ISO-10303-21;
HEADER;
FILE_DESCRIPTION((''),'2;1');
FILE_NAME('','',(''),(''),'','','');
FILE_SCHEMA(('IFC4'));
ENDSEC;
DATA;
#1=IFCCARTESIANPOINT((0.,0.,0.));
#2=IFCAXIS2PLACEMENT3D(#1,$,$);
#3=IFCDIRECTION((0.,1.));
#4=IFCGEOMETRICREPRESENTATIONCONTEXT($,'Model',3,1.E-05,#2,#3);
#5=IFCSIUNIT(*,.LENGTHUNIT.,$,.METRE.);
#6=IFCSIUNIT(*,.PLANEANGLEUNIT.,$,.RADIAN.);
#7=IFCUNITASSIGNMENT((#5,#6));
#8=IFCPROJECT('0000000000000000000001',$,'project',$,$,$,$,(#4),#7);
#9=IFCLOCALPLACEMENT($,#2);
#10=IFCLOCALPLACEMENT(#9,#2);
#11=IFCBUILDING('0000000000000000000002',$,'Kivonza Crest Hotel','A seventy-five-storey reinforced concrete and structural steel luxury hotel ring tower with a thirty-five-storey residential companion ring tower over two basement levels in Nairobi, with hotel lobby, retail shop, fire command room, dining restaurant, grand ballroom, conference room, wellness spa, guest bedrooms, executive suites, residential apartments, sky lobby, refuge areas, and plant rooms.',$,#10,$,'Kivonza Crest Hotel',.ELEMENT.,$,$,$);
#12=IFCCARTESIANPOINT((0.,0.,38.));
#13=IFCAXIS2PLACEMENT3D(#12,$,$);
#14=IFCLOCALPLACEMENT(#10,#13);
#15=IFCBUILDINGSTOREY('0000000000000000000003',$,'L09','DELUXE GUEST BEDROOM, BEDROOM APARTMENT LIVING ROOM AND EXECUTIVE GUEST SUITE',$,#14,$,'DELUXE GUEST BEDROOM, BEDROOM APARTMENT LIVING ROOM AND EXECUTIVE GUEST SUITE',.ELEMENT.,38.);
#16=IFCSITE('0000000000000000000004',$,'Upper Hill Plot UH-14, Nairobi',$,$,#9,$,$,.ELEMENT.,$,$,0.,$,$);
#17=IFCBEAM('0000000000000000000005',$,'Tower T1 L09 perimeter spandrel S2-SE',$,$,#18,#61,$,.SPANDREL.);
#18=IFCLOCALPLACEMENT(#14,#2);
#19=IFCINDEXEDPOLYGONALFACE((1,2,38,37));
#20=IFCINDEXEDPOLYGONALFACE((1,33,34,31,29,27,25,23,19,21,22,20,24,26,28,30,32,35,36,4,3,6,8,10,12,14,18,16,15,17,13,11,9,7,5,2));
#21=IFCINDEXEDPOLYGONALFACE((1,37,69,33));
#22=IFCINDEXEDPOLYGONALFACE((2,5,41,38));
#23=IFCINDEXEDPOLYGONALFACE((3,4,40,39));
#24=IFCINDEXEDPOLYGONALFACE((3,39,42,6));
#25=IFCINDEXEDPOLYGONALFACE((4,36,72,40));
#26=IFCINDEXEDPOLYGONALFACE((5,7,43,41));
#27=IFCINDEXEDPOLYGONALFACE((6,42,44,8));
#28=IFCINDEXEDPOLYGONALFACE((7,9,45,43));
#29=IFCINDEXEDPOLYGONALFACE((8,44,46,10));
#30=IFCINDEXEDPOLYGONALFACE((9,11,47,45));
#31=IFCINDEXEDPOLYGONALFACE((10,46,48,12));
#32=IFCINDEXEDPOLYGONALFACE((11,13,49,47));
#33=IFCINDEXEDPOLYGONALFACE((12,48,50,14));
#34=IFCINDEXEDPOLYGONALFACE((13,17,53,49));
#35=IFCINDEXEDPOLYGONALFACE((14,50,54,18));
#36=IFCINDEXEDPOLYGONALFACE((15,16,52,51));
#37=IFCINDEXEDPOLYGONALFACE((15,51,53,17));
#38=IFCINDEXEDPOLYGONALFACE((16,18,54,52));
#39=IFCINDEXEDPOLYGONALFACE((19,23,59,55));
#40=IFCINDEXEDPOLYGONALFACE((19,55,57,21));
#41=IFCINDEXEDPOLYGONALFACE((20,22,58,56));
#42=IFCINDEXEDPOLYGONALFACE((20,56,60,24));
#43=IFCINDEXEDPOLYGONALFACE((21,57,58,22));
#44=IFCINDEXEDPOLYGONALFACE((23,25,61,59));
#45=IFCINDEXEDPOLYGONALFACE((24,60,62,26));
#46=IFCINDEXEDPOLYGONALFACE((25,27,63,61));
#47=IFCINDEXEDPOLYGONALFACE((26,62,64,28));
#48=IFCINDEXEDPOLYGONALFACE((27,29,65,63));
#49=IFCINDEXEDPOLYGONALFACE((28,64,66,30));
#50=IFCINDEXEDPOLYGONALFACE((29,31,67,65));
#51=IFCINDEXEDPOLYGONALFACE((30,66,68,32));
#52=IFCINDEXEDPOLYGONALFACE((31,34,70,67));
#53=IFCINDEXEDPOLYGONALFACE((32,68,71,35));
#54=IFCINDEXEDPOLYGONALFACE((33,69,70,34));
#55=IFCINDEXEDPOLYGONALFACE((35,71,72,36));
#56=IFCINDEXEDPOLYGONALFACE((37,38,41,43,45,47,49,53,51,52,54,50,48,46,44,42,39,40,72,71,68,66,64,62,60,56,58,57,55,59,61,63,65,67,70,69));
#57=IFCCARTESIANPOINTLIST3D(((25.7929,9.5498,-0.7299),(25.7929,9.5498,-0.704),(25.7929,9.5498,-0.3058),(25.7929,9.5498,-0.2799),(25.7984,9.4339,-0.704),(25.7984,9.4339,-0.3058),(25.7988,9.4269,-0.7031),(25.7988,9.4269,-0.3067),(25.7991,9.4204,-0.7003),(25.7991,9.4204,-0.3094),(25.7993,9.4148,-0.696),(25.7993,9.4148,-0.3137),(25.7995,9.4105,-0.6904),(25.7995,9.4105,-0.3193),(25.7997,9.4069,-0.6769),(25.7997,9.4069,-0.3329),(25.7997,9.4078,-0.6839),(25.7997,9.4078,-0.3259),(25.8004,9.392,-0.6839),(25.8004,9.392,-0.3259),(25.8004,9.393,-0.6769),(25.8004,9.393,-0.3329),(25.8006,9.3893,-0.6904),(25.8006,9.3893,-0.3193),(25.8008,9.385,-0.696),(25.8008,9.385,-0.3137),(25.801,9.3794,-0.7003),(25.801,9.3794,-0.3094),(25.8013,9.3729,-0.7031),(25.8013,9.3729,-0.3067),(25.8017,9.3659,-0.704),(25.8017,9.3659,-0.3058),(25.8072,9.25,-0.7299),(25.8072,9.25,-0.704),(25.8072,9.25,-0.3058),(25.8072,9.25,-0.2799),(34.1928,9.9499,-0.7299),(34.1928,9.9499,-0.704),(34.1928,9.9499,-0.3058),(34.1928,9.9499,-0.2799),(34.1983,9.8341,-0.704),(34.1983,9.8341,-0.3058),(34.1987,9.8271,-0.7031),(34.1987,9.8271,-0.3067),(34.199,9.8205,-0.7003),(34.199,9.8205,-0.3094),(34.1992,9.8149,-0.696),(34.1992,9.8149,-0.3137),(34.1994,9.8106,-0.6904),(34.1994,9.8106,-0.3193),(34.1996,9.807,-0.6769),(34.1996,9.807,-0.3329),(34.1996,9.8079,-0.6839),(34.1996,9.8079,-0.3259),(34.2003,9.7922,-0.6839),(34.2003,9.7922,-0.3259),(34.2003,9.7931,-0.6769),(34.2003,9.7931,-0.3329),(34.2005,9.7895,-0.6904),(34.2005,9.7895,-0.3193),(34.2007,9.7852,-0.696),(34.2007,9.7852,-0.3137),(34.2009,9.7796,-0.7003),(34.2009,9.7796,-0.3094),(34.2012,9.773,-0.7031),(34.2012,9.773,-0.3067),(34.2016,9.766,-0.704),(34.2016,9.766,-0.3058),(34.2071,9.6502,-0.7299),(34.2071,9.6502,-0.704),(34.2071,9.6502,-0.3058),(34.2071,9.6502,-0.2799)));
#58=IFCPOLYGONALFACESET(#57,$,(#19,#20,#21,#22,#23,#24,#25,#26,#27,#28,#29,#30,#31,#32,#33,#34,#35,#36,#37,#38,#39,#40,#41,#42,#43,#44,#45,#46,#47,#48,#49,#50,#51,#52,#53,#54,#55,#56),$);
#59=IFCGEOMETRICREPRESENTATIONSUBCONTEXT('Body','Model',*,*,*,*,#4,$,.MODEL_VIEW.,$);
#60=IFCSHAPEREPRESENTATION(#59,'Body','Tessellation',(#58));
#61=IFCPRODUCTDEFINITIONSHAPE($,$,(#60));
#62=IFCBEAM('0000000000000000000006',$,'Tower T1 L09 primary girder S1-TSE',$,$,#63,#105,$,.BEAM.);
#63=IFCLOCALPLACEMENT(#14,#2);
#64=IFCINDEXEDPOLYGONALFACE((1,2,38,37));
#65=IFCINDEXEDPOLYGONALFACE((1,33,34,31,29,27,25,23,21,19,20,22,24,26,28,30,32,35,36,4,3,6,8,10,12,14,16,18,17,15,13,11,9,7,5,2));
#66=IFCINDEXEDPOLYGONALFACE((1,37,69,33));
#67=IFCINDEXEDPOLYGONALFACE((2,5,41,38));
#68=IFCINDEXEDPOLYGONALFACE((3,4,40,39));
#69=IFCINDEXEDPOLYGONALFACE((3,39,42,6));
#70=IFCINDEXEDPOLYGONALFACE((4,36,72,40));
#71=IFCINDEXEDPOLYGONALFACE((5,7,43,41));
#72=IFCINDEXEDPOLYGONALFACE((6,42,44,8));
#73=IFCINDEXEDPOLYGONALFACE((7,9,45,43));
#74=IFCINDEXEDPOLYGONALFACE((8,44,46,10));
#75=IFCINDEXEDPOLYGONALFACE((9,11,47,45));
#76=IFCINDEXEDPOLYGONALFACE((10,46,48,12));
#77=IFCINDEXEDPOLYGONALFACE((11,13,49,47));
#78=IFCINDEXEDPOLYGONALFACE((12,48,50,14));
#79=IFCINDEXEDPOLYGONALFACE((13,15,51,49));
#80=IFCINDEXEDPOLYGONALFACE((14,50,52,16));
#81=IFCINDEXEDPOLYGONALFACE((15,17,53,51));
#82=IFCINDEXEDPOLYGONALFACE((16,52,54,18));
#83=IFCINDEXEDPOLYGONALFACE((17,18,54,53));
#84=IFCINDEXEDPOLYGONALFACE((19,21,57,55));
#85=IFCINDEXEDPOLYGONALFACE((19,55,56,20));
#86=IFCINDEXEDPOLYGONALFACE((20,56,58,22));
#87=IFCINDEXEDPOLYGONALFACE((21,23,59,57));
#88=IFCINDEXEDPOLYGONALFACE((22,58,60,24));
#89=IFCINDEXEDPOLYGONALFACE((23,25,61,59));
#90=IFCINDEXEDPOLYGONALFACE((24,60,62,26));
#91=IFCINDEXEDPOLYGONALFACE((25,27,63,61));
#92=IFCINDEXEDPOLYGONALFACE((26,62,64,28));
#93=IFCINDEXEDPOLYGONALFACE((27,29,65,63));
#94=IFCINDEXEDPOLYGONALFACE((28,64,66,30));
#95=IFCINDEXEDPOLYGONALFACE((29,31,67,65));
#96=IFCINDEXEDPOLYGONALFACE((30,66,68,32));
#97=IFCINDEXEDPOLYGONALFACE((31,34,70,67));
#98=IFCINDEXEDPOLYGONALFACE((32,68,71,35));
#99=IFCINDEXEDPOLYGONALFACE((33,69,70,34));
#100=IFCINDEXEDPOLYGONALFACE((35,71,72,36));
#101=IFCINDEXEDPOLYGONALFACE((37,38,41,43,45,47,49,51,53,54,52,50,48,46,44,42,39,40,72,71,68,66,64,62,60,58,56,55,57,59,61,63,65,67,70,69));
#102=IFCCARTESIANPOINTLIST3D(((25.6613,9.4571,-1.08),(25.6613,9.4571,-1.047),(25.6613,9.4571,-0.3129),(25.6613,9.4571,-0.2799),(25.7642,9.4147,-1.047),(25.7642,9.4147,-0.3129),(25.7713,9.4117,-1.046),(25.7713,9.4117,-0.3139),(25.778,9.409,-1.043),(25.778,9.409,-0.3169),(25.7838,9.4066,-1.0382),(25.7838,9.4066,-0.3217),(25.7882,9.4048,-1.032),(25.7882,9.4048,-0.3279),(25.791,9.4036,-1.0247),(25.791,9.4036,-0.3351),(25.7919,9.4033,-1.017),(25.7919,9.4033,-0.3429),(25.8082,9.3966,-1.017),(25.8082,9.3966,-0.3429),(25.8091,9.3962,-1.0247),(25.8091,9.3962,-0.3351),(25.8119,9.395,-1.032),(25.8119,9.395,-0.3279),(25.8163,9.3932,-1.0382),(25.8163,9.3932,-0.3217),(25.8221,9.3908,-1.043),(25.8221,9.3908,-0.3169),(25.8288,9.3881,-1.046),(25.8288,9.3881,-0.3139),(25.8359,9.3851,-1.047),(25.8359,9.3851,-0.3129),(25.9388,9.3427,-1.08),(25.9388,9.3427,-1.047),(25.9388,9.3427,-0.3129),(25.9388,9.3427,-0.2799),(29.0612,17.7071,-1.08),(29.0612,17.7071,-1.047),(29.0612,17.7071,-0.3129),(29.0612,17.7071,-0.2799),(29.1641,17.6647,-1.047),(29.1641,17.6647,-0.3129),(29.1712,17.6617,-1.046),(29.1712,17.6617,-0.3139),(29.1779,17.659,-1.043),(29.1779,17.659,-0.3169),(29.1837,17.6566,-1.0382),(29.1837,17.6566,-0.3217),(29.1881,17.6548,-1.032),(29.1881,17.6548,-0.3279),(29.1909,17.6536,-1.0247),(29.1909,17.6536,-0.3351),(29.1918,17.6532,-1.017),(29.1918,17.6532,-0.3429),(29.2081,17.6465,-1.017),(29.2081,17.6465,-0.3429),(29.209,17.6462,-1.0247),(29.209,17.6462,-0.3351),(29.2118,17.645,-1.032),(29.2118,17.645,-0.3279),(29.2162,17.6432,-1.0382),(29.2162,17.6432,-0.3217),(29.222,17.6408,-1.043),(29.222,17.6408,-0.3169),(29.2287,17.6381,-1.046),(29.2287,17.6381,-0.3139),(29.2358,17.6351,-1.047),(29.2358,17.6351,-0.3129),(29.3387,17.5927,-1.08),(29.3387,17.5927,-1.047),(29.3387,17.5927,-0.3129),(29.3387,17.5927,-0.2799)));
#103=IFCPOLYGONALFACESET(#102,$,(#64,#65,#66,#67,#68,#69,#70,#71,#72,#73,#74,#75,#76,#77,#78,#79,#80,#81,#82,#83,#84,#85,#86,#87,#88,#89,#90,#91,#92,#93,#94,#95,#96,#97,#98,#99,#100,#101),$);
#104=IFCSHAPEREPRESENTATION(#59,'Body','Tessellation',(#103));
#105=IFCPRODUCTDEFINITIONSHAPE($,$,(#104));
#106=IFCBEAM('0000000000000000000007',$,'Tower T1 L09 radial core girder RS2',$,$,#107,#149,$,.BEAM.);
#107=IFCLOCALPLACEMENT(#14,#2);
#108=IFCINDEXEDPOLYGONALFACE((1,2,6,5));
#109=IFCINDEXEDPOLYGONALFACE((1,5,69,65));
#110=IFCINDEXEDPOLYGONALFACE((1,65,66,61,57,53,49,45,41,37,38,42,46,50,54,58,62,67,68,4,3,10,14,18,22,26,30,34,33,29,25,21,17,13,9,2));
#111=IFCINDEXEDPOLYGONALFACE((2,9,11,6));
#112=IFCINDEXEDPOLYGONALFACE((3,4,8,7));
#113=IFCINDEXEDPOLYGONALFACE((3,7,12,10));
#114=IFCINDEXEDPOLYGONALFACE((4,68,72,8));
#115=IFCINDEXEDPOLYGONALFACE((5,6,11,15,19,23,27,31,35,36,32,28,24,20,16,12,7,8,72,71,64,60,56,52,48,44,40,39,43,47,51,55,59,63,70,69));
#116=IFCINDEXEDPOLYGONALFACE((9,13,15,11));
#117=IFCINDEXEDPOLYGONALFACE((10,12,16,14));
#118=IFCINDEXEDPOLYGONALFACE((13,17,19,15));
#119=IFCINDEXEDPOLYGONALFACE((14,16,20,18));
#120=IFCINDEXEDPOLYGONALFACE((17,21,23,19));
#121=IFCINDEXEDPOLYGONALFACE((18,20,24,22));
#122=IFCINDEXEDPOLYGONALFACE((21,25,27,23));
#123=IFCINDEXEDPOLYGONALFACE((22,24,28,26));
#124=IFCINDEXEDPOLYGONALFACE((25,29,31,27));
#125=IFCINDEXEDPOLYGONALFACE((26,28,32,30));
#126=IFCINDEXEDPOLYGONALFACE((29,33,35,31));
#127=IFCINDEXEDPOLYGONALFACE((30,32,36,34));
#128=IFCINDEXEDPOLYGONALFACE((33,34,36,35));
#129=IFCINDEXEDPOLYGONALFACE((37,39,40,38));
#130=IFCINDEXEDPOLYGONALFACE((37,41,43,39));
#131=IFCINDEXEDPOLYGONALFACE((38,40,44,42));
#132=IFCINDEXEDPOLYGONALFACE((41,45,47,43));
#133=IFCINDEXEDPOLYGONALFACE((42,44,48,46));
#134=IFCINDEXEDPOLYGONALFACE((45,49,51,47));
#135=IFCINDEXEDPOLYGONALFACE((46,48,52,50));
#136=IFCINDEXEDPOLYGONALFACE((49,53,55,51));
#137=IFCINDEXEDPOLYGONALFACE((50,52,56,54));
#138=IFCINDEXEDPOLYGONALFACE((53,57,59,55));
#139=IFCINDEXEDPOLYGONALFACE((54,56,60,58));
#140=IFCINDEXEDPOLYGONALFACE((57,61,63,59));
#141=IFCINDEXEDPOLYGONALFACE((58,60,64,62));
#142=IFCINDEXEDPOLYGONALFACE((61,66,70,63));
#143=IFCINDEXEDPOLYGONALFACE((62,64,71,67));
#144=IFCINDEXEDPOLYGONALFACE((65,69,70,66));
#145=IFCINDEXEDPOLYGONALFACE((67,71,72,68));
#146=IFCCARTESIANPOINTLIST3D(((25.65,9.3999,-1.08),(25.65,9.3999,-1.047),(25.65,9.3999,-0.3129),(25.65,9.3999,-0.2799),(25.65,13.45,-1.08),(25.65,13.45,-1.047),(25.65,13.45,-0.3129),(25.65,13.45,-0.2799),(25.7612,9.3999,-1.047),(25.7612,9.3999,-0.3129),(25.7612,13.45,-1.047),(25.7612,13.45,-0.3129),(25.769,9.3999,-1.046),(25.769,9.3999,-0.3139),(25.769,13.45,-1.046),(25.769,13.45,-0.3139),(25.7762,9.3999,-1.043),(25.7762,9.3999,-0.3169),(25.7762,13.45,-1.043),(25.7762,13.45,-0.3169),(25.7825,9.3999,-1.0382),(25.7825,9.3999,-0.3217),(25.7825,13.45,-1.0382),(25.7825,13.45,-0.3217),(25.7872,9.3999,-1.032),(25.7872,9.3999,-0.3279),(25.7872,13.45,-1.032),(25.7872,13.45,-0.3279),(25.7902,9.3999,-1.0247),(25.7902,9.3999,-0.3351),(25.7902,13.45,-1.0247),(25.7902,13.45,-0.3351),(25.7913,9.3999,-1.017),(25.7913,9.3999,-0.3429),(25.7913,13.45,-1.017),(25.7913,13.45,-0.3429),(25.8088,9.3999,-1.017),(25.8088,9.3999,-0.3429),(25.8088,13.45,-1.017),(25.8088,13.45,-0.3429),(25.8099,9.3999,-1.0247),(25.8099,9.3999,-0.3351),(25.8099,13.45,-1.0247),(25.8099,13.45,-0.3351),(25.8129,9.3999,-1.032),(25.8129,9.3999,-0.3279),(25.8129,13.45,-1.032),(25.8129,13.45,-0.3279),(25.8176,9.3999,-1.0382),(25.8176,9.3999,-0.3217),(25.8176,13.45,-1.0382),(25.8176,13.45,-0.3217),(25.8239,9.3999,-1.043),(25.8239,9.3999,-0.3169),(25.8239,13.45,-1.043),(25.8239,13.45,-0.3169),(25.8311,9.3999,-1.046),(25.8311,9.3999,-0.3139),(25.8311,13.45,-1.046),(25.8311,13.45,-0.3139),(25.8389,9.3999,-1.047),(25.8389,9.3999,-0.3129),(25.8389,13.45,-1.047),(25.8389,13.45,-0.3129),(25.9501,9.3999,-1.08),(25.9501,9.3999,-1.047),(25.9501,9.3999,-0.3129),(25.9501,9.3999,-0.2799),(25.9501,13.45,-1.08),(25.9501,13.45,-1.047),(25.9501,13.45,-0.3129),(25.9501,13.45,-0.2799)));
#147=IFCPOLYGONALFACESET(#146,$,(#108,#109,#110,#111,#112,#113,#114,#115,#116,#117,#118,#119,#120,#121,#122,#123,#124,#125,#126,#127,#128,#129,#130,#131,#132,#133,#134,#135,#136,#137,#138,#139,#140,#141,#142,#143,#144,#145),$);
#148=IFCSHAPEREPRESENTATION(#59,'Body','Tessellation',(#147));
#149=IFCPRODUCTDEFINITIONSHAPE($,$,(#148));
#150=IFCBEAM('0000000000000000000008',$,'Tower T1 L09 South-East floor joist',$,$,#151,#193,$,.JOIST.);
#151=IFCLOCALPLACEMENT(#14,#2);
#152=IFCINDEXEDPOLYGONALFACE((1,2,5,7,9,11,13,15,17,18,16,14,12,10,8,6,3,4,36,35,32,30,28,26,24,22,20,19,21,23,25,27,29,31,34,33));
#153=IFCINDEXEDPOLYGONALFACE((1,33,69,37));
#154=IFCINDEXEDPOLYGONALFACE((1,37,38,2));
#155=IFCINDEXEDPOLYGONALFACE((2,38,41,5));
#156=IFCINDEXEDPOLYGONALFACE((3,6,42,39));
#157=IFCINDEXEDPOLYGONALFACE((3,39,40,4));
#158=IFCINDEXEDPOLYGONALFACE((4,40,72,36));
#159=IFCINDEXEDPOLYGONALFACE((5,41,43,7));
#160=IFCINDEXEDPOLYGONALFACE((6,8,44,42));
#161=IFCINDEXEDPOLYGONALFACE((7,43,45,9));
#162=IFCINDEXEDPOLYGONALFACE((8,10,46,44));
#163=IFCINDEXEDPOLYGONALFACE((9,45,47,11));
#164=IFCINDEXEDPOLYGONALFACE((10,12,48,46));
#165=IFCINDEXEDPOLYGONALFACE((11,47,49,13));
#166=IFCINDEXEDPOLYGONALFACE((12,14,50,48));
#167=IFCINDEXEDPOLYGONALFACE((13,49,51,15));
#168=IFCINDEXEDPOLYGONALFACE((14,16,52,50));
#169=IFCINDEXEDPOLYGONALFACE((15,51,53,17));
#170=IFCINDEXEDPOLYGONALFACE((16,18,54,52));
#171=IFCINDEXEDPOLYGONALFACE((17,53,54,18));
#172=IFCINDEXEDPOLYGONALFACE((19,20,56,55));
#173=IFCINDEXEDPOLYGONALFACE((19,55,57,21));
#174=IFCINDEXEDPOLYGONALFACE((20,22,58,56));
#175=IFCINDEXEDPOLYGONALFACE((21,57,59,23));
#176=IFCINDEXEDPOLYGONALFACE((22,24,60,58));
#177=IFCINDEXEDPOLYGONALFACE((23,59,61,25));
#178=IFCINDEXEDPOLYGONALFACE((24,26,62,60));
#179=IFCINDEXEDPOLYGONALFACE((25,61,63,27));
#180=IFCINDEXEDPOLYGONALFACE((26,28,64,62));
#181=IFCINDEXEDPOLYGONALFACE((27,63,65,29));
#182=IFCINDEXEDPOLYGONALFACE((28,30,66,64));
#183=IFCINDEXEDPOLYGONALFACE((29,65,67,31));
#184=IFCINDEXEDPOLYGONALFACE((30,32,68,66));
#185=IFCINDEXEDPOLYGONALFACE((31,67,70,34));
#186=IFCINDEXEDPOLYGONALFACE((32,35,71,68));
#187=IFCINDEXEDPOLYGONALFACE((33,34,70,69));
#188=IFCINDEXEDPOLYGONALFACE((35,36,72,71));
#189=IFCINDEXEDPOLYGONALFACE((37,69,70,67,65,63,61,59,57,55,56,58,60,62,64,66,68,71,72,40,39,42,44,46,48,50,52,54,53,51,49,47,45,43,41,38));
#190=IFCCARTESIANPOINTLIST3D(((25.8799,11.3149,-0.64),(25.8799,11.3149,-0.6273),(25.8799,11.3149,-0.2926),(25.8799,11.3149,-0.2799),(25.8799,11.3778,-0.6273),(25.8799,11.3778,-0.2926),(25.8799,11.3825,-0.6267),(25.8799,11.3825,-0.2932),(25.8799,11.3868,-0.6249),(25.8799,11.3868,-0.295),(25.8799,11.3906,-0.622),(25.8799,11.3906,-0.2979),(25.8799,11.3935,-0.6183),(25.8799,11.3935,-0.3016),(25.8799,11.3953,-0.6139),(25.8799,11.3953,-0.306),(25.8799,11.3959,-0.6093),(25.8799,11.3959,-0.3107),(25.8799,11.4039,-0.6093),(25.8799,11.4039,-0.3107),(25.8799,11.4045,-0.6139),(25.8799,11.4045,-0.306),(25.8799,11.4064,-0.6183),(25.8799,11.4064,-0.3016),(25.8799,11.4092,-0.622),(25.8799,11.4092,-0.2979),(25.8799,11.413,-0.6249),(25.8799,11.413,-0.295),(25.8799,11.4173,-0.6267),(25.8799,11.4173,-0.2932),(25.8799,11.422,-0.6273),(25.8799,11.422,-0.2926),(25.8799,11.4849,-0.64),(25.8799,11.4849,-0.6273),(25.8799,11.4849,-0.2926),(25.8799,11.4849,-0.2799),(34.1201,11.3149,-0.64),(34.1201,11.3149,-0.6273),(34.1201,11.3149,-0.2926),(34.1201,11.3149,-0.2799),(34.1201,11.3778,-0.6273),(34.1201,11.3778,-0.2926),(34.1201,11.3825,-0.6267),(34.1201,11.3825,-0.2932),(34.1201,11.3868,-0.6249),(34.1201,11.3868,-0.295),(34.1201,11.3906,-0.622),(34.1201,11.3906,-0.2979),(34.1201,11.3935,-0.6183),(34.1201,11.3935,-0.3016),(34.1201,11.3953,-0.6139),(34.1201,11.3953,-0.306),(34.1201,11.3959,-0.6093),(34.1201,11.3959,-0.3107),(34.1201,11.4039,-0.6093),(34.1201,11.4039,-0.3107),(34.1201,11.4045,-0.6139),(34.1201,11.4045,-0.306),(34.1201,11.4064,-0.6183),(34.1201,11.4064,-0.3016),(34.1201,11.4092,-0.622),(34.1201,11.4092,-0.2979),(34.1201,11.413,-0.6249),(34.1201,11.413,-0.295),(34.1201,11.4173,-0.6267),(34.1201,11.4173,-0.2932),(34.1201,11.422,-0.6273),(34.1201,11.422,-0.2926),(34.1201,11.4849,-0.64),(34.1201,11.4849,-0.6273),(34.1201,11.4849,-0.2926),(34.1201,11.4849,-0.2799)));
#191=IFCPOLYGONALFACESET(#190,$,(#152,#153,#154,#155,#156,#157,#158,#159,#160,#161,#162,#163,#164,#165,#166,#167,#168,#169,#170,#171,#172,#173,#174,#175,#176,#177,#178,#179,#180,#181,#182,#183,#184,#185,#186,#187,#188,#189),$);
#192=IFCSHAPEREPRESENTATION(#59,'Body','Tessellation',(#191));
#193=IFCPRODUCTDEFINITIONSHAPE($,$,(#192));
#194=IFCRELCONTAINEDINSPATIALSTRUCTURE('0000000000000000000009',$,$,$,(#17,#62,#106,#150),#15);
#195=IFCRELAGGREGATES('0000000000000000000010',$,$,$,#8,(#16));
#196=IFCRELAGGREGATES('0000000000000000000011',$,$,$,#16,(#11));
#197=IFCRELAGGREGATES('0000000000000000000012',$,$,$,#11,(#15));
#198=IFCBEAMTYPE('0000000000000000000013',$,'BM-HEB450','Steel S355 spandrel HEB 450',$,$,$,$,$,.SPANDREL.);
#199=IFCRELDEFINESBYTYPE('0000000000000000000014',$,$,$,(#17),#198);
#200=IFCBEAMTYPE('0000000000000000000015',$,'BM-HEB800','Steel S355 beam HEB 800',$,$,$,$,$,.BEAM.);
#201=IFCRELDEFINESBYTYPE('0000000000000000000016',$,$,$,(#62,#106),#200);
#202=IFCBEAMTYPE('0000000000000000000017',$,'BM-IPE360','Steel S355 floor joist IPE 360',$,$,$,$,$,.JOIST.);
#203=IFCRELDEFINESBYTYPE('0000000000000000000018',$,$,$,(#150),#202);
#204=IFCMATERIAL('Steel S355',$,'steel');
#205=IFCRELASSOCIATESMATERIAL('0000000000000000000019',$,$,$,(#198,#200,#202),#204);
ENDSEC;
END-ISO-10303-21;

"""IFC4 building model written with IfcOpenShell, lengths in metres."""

from ifc_helpers import new_model, si_unit, direction, frame, origin, origin_2d, place, context, subcontext, project, spatial, i_section, extrude, material, material_profile, profile_set, type_object, element, save


model = new_model("IFC4")

# Units and contexts
model_context = context("Model", 3, precision=1e-05, world=origin(), true_north=direction((0.0, 1.0)))
body_context = subcontext(model_context, "Body", "Model", "MODEL_VIEW")
ifc_project = project(units=[si_unit("LENGTHUNIT", "METRE"), si_unit("PLANEANGLEUNIT", "RADIAN")], contexts=[model_context])

# Site, building, storey
site_placement = place(None, origin())
site = spatial("IfcSite", under=ifc_project, at=site_placement, Name="Upper Hill Plot UH-14, Nairobi", CompositionType="ELEMENT", RefElevation=0.0)
building_placement = place(site_placement, origin())
building = spatial("IfcBuilding", under=site, at=building_placement, Name="Kivonza Crest Hotel", Description="A seventy-five-storey reinforced concrete and structural steel luxury hotel ring tower with a thirty-five-storey residential companion ring tower over two basement levels in Nairobi, with hotel lobby, retail shop, fire command room, dining restaurant, grand ballroom, conference room, wellness spa, guest bedrooms, executive suites, residential apartments, sky lobby, refuge areas, and plant rooms.", LongName="Kivonza Crest Hotel", CompositionType="ELEMENT")
storey_placement = place(building_placement, frame((0.0, 0.0, 38.0)))
storey = spatial("IfcBuildingStorey", under=building, at=storey_placement, Name="L09", Description="DELUXE GUEST BEDROOM, BEDROOM APARTMENT LIVING ROOM AND EXECUTIVE GUEST SUITE", LongName="DELUXE GUEST BEDROOM, BEDROOM APARTMENT LIVING ROOM AND EXECUTIVE GUEST SUITE", CompositionType="ELEMENT", Elevation=38.0)

# Beams
ifc_material_1 = material(Name="Steel S355", Category="steel")
ifc_material_profile_1 = material_profile(ifc_material_1, i_section(OverallWidth=0.3, OverallDepth=0.45, WebThickness=0.0139, FlangeThickness=0.0259, FilletRadius=0.0271, at=origin_2d()), Name="HEB 450")
ifc_profile_set_1 = profile_set([ifc_material_profile_1], Name="Steel S355")
beam_type_1 = type_object("IfcBeamType", Name="BM-HEB450", Description="Steel S355 spandrel HEB 450", PredefinedType="SPANDREL", material=ifc_profile_set_1)
beam_1_placement = place(storey_placement, frame((25.8, 9.3999, -0.5049), z_axis=(0.998867, 0.047583, 0.0), x_axis=(-0.047583, 0.998867, 0.0)))
element("IfcBeam", 1, at=beam_1_placement, inside=storey, type_object=beam_type_1, Name="Tower T1 L09 perimeter spandrel S2-SE", PredefinedType="SPANDREL", context=body_context, shape_type="SweptSolid", body=[
    extrude(i_section(OverallWidth=0.3, OverallDepth=0.45, WebThickness=0.0139, FlangeThickness=0.0259, FilletRadius=0.0271, at=origin_2d()), origin(), (0.0, 0.0, 1.0), 8.4094),
])
ifc_material_profile_2 = material_profile(ifc_material_1, i_section(OverallWidth=0.3, OverallDepth=0.8, WebThickness=0.0176, FlangeThickness=0.033, FilletRadius=0.03, at=origin_2d()), Name="HEB 800")
ifc_profile_set_2 = profile_set([ifc_material_profile_2], Name="Steel S355")
beam_type_2 = type_object("IfcBeamType", Name="BM-HEB800", Description="Steel S355 beam HEB 800", PredefinedType="BEAM", material=ifc_profile_set_2)
beam_2_placement = place(storey_placement, frame((25.8, 9.3999, -0.6799), z_axis=(0.381022, 0.924566, 0.0), x_axis=(-0.924566, 0.381022, 0.0)))
element("IfcBeam", 2, at=beam_2_placement, inside=storey, type_object=beam_type_2, Name="Tower T1 L09 primary girder S1-TSE", PredefinedType="BEAM", context=body_context, shape_type="SweptSolid", body=[
    extrude(i_section(OverallWidth=0.3, OverallDepth=0.8, WebThickness=0.0176, FlangeThickness=0.033, FilletRadius=0.03, at=origin_2d()), origin(), (0.0, 0.0, 1.0), 8.9231),
])
beam_3_placement = place(storey_placement, frame((25.8, 9.3999, -0.6799), z_axis=(0.0, 1.0, 0.0), x_axis=(-1.0, 0.0, 0.0)))
element("IfcBeam", 3, at=beam_3_placement, inside=storey, type_object=beam_type_2, Name="Tower T1 L09 radial core girder RS2", PredefinedType="BEAM", context=body_context, shape_type="SweptSolid", body=[
    extrude(i_section(OverallWidth=0.3, OverallDepth=0.8, WebThickness=0.0176, FlangeThickness=0.033, FilletRadius=0.03, at=origin_2d()), origin(), (0.0, 0.0, 1.0), 4.05),
])
ifc_material_profile_3 = material_profile(ifc_material_1, i_section(OverallWidth=0.1699, OverallDepth=0.3601, WebThickness=0.0081, FlangeThickness=0.0127, FilletRadius=0.0181, at=origin_2d()), Name="IPE 360")
ifc_profile_set_3 = profile_set([ifc_material_profile_3], Name="Steel S355")
beam_type_3 = type_object("IfcBeamType", Name="BM-IPE360", Description="Steel S355 floor joist IPE 360", PredefinedType="JOIST", material=ifc_profile_set_3)
beam_4_placement = place(storey_placement, frame((25.8799, 11.3999, -0.46), z_axis=(1.0, 0.0, 0.0), x_axis=(0.0, 1.0, 0.0)))
element("IfcBeam", 4, at=beam_4_placement, inside=storey, type_object=beam_type_3, Name="Tower T1 L09 South-East floor joist", PredefinedType="JOIST", context=body_context, shape_type="SweptSolid", body=[
    extrude(i_section(OverallWidth=0.1699, OverallDepth=0.3601, WebThickness=0.0081, FlangeThickness=0.0127, FilletRadius=0.0181, at=origin_2d()), origin(), (0.0, 0.0, 1.0), 8.2402),
])

save(model, "model.ifc")
